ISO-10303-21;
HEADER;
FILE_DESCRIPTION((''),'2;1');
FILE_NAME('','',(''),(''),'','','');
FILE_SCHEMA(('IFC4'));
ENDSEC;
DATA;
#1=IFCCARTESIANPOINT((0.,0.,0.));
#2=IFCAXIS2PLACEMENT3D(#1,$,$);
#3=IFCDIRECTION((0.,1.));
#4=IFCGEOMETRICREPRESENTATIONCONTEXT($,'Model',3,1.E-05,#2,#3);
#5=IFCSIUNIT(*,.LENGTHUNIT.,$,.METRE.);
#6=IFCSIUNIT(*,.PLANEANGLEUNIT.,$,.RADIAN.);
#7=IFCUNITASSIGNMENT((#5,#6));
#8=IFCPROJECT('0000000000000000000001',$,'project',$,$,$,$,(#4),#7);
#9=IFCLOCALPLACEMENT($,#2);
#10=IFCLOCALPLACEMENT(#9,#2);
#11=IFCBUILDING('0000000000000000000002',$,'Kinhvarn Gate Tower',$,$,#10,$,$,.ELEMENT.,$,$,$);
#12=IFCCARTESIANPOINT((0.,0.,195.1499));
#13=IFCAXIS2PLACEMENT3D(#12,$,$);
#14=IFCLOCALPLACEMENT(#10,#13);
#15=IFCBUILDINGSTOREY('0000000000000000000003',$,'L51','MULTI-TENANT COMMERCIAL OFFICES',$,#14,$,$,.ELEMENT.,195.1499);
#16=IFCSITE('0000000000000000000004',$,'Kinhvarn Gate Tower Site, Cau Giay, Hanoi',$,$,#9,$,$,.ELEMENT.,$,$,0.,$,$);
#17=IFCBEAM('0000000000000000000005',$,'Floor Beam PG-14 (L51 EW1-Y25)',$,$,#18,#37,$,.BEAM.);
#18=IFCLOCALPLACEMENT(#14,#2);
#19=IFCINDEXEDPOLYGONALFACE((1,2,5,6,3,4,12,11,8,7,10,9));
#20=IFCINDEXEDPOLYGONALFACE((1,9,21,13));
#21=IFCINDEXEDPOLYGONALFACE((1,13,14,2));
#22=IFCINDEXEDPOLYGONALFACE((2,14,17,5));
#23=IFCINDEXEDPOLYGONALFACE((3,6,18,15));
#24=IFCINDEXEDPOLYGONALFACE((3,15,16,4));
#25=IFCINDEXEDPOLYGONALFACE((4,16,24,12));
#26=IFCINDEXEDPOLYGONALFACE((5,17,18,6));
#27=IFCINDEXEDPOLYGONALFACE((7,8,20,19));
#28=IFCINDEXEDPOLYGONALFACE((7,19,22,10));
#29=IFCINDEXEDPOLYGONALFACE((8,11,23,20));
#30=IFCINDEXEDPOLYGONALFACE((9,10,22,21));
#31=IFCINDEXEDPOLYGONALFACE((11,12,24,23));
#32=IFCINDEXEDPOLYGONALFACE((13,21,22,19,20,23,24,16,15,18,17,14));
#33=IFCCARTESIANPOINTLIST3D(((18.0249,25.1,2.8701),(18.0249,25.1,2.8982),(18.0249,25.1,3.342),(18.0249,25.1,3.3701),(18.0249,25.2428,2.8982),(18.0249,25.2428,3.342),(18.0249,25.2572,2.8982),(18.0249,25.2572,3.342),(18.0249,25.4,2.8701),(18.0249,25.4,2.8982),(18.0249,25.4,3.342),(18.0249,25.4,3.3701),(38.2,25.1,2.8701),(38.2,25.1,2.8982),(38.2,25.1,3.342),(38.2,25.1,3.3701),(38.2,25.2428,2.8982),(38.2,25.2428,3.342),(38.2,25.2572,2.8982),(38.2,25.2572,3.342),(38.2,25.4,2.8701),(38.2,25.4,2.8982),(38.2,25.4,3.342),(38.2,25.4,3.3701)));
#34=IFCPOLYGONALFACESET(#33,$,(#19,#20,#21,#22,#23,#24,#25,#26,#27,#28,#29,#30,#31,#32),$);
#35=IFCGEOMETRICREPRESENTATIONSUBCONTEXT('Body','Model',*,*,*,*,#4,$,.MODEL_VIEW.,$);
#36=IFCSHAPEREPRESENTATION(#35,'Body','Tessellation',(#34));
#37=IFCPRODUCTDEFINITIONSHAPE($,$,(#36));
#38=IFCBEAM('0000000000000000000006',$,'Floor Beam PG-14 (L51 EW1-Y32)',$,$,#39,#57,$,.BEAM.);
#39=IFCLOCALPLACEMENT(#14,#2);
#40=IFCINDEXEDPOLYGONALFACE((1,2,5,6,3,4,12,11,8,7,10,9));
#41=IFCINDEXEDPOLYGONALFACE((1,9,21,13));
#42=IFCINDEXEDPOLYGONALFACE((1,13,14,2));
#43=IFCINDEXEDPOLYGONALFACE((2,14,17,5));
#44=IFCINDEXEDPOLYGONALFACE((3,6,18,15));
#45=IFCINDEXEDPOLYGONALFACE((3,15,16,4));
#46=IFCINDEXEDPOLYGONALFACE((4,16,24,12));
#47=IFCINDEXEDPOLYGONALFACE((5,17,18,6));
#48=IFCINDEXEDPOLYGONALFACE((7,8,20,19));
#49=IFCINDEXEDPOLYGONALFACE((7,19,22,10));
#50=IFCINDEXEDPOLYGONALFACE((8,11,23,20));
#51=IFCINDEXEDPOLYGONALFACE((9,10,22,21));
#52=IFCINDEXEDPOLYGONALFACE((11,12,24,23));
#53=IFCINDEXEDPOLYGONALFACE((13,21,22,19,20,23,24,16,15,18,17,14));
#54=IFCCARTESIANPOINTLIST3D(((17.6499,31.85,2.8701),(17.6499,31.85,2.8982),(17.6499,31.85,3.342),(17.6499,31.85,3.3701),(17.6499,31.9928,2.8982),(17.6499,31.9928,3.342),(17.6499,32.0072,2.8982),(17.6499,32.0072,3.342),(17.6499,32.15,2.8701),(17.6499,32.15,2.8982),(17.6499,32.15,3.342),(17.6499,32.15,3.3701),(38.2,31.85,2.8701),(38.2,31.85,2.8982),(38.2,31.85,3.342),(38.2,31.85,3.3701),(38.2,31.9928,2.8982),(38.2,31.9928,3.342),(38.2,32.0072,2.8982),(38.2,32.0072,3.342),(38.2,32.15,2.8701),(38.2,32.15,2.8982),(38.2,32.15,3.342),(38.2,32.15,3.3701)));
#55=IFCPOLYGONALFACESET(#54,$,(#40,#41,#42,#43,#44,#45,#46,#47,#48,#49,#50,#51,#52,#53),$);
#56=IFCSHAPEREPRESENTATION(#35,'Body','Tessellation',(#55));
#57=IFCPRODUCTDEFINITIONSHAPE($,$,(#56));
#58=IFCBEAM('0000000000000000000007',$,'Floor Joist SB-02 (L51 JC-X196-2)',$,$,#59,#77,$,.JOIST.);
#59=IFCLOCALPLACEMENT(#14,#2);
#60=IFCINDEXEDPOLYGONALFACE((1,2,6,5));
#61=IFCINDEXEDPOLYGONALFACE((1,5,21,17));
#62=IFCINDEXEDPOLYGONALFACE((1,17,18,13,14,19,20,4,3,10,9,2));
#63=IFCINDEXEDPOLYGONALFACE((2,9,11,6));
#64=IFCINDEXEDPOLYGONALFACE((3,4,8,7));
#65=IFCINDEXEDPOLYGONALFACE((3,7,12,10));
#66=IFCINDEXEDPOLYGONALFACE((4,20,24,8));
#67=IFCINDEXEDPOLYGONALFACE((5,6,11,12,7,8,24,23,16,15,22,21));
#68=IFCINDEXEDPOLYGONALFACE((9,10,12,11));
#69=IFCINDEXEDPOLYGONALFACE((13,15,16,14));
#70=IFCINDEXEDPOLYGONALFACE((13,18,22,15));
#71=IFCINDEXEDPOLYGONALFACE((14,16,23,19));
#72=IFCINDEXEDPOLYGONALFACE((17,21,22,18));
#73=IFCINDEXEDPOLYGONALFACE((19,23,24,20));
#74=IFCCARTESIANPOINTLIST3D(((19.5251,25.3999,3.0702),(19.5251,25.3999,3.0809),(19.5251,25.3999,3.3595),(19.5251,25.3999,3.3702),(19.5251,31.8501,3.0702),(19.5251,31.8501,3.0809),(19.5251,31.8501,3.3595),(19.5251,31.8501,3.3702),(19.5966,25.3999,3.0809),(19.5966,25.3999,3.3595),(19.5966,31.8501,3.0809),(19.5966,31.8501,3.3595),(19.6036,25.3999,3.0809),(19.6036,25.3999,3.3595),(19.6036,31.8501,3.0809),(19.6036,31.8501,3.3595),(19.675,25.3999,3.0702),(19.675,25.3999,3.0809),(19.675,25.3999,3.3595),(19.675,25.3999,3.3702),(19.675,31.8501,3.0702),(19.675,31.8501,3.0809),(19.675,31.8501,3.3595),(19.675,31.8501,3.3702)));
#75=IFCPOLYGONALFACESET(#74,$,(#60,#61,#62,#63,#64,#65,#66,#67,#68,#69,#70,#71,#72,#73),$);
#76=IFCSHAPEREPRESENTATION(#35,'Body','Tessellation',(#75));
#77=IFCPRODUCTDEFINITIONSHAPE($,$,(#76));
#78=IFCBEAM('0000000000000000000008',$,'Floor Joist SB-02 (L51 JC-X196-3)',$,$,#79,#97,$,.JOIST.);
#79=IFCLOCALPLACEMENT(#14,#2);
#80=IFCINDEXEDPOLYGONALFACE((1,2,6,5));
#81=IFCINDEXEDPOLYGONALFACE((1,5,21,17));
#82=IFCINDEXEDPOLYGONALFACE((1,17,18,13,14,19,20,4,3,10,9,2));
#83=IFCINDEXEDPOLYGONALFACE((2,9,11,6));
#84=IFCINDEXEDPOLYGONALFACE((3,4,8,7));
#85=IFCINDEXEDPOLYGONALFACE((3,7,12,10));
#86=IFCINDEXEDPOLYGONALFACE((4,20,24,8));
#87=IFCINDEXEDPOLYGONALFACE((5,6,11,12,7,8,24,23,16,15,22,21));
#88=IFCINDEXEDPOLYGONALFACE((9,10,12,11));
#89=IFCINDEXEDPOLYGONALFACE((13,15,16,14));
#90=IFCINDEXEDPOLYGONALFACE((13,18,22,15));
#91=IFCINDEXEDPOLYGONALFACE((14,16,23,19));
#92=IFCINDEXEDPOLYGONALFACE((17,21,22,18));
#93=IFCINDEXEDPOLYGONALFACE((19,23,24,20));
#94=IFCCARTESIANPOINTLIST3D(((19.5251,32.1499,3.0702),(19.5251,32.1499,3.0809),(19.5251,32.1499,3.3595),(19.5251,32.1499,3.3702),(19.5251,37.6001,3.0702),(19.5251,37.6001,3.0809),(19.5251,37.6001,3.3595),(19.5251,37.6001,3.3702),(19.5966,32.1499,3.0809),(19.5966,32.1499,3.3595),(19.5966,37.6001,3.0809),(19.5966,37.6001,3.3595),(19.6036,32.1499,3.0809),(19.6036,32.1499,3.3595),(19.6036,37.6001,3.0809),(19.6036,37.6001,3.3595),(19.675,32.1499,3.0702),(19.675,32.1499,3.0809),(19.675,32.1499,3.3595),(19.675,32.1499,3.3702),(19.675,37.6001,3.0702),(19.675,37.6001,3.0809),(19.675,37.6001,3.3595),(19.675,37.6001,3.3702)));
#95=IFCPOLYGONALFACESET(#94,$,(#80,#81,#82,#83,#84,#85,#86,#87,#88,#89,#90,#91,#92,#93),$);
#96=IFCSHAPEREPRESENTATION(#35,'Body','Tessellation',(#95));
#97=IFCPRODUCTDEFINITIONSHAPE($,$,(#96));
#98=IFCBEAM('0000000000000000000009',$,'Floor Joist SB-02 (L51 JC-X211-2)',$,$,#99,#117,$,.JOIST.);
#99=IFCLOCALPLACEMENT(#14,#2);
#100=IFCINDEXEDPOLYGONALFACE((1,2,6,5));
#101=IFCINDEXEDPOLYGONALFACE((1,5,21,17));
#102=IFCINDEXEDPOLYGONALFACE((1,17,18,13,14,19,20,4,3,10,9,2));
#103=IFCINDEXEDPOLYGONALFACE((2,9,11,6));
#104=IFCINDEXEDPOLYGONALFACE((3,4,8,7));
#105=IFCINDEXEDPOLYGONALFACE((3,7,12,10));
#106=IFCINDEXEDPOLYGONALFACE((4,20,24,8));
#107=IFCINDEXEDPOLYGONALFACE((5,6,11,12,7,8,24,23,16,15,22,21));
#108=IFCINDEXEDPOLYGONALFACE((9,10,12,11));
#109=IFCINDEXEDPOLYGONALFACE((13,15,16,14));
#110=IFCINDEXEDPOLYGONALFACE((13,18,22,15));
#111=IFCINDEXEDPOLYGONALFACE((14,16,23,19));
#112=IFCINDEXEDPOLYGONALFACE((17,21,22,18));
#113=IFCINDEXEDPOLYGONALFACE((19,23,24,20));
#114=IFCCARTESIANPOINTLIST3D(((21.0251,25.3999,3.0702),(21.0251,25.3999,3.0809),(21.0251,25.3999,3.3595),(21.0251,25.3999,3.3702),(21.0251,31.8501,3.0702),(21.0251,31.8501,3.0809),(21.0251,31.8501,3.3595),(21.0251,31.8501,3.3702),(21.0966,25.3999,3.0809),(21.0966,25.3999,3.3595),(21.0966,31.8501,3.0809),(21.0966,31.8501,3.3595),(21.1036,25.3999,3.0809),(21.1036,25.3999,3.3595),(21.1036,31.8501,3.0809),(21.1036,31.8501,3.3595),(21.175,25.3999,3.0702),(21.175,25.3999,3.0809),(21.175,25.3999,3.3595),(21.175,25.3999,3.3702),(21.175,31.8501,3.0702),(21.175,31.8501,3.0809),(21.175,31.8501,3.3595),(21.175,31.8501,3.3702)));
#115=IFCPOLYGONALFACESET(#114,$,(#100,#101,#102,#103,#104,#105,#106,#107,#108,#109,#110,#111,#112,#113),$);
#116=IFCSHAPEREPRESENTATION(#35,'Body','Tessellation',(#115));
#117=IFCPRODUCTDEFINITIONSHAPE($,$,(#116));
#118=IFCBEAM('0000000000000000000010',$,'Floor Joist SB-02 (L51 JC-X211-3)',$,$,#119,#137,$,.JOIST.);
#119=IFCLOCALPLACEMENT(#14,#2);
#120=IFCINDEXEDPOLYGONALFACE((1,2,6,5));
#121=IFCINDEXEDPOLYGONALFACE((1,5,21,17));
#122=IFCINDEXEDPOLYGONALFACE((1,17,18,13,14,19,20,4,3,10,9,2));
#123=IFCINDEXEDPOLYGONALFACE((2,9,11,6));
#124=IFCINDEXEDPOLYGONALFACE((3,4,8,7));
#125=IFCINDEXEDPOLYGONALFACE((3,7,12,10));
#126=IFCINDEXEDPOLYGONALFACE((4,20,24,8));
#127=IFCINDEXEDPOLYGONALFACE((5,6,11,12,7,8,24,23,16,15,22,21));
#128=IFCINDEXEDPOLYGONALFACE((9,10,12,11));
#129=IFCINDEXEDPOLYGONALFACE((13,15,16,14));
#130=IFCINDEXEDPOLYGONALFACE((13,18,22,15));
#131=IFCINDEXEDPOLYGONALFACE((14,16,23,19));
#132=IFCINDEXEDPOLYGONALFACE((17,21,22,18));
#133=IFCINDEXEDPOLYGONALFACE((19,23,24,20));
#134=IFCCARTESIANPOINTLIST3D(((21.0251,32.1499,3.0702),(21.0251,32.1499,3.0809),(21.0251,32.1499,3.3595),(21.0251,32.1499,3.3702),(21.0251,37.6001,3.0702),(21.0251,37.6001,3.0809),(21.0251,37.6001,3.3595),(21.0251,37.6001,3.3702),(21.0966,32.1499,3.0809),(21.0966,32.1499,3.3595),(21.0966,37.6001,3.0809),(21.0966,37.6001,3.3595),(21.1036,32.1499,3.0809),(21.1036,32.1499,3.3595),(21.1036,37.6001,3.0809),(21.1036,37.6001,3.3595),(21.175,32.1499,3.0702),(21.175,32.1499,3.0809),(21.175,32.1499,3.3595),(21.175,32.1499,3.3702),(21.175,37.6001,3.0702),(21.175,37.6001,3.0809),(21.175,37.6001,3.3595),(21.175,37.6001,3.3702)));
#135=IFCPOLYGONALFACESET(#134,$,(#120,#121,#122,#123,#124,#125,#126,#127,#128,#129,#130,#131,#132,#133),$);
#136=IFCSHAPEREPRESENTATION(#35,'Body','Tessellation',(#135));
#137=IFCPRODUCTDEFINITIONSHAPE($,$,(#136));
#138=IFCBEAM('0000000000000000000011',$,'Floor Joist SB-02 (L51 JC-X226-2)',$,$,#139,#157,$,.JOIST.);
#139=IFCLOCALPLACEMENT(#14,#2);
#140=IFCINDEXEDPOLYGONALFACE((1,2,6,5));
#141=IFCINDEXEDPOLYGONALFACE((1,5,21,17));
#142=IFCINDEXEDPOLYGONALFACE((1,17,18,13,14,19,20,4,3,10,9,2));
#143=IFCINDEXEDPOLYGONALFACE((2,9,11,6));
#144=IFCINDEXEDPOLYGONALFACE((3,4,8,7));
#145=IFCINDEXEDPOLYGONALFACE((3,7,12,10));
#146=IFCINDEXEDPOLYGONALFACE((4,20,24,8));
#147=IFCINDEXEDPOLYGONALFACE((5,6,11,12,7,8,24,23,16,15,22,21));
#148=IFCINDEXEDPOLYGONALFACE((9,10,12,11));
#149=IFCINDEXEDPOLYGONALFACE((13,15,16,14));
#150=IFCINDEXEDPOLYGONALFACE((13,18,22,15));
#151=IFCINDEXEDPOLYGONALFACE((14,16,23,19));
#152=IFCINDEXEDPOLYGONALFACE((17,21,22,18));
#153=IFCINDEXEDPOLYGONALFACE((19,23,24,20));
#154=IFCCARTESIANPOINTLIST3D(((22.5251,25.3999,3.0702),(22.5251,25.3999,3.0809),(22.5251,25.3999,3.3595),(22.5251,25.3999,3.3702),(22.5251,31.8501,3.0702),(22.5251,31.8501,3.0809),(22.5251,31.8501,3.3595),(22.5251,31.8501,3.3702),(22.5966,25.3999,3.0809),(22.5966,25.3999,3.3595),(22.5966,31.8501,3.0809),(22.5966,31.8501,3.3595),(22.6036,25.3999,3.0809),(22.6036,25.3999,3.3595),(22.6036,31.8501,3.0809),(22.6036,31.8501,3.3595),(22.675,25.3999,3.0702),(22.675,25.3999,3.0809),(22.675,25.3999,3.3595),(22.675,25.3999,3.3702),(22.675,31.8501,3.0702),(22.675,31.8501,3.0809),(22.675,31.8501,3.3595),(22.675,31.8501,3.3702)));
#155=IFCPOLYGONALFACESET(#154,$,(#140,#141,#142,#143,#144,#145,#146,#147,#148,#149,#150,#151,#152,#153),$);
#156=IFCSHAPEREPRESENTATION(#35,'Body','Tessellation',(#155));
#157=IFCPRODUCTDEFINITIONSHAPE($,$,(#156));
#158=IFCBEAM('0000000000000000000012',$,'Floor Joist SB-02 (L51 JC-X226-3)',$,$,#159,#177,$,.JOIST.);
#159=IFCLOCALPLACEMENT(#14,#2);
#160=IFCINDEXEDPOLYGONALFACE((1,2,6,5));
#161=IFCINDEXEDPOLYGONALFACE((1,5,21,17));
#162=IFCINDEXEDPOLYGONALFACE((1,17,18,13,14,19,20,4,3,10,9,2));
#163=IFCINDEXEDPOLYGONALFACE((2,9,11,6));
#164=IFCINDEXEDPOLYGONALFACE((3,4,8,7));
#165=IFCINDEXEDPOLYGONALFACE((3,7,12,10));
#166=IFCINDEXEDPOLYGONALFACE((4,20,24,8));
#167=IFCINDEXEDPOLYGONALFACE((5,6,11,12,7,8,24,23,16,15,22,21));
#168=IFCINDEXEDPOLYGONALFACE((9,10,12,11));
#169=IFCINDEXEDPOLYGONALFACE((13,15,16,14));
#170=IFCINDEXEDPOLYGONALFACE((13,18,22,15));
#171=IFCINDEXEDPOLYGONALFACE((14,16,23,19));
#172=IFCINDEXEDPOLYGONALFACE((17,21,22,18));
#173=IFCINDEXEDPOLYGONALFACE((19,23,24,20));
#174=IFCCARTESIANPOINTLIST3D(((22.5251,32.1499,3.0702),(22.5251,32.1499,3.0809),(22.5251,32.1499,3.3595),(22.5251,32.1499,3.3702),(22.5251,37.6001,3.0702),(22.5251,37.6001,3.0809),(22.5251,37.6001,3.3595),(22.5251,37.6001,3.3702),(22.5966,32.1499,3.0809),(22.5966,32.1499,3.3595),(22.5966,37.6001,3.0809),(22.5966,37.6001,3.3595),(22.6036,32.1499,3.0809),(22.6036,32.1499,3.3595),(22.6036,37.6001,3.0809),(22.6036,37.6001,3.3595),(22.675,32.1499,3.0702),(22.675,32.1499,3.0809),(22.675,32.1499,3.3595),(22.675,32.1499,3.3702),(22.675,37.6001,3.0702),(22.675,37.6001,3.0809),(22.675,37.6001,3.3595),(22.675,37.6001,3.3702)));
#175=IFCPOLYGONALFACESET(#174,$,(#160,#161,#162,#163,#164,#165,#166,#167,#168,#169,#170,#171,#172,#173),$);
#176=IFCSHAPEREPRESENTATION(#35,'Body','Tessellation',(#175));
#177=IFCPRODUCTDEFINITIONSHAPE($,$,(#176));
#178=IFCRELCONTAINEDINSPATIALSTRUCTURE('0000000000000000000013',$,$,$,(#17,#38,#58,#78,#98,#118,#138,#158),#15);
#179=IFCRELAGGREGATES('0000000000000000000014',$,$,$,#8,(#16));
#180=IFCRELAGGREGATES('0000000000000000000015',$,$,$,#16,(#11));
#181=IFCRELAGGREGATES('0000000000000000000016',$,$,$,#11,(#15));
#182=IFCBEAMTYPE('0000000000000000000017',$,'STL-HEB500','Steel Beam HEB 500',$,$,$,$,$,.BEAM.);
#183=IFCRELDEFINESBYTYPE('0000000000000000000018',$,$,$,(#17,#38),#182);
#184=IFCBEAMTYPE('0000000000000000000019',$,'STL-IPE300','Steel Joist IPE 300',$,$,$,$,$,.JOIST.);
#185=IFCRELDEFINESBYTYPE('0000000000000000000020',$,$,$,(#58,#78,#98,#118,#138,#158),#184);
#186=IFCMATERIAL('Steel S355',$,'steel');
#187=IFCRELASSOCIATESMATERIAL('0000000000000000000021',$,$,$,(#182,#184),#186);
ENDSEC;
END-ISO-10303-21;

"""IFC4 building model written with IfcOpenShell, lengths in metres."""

from ifc_helpers import new_model, si_unit, direction, frame, origin, origin_2d, place, context, subcontext, project, spatial, i_section, extrude, material, material_profile, profile_set, type_object, element, save


model = new_model("IFC4")

# Units and contexts
model_context = context("Model", 3, precision=1e-05, world=origin(), true_north=direction((0.0, 1.0)))
body_context = subcontext(model_context, "Body", "Model", "MODEL_VIEW")
ifc_project = project(units=[si_unit("LENGTHUNIT", "METRE"), si_unit("PLANEANGLEUNIT", "RADIAN")], contexts=[model_context])

# Site, building, storey
site_placement = place(None, origin())
site = spatial("IfcSite", under=ifc_project, at=site_placement, Name="Kinhvarn Gate Tower Site, Cau Giay, Hanoi", CompositionType="ELEMENT", RefElevation=0.0)
building_placement = place(site_placement, origin())
building = spatial("IfcBuilding", under=site, at=building_placement, Name="Kinhvarn Gate Tower", CompositionType="ELEMENT")
storey_placement = place(building_placement, frame((0.0, 0.0, 195.1499)))
storey = spatial("IfcBuildingStorey", under=building, at=storey_placement, Name="L51", Description="MULTI-TENANT COMMERCIAL OFFICES", CompositionType="ELEMENT", Elevation=195.1499)

# Beams
ifc_material_1 = material(Name="Steel S355", Category="steel")
ifc_material_profile_1 = material_profile(ifc_material_1, i_section(OverallWidth=0.3, OverallDepth=0.5, WebThickness=0.0144, FlangeThickness=0.0281, at=origin_2d()), Name="HEB 500")
ifc_profile_set_1 = profile_set([ifc_material_profile_1], Name="Steel S355")
beam_type_1 = type_object("IfcBeamType", Name="STL-HEB500", Description="Steel Beam HEB 500", PredefinedType="BEAM", material=ifc_profile_set_1)
beam_1_placement = place(storey_placement, frame((18.0249, 25.25, 3.1201), z_axis=(1.0, 0.0, 0.0), x_axis=(0.0, 1.0, 0.0)))
element("IfcBeam", 1, at=beam_1_placement, inside=storey, type_object=beam_type_1, Name="Floor Beam PG-14 (L51 EW1-Y25)", PredefinedType="BEAM", context=body_context, shape_type="SweptSolid", body=[
    extrude(i_section(OverallWidth=0.3, OverallDepth=0.5, WebThickness=0.0144, FlangeThickness=0.0281, at=origin_2d()), origin(), (0.0, 0.0, 1.0), 20.175),
])
beam_2_placement = place(storey_placement, frame((17.6499, 32.0, 3.1201), z_axis=(1.0, 0.0, 0.0), x_axis=(0.0, 1.0, 0.0)))
element("IfcBeam", 2, at=beam_2_placement, inside=storey, type_object=beam_type_1, Name="Floor Beam PG-14 (L51 EW1-Y32)", PredefinedType="BEAM", context=body_context, shape_type="SweptSolid", body=[
    extrude(i_section(OverallWidth=0.3, OverallDepth=0.5, WebThickness=0.0144, FlangeThickness=0.0281, at=origin_2d()), origin(), (0.0, 0.0, 1.0), 20.55),
])
ifc_material_profile_2 = material_profile(ifc_material_1, i_section(OverallWidth=0.1499, OverallDepth=0.3, WebThickness=0.0071, FlangeThickness=0.0107, at=origin_2d()), Name="IPE 300")
ifc_profile_set_2 = profile_set([ifc_material_profile_2], Name="Steel S355")
beam_type_2 = type_object("IfcBeamType", Name="STL-IPE300", Description="Steel Joist IPE 300", PredefinedType="JOIST", material=ifc_profile_set_2)
beam_3_placement = place(storey_placement, frame((19.6001, 25.3999, 3.2202), z_axis=(0.0, 1.0, 0.0), x_axis=(-1.0, 0.0, 0.0)))
element("IfcBeam", 3, at=beam_3_placement, inside=storey, type_object=beam_type_2, Name="Floor Joist SB-02 (L51 JC-X196-2)", PredefinedType="JOIST", context=body_context, shape_type="SweptSolid", body=[
    extrude(i_section(OverallWidth=0.1499, OverallDepth=0.3, WebThickness=0.0071, FlangeThickness=0.0107, at=origin_2d()), origin(), (0.0, 0.0, 1.0), 6.4502),
])
beam_4_placement = place(storey_placement, frame((19.6001, 32.1499, 3.2202), z_axis=(0.0, 1.0, 0.0), x_axis=(-1.0, 0.0, 0.0)))
element("IfcBeam", 4, at=beam_4_placement, inside=storey, type_object=beam_type_2, Name="Floor Joist SB-02 (L51 JC-X196-3)", PredefinedType="JOIST", context=body_context, shape_type="SweptSolid", body=[
    extrude(i_section(OverallWidth=0.1499, OverallDepth=0.3, WebThickness=0.0071, FlangeThickness=0.0107, at=origin_2d()), origin(), (0.0, 0.0, 1.0), 5.4502),
])
beam_5_placement = place(storey_placement, frame((21.1001, 25.3999, 3.2202), z_axis=(0.0, 1.0, 0.0), x_axis=(-1.0, 0.0, 0.0)))
element("IfcBeam", 5, at=beam_5_placement, inside=storey, type_object=beam_type_2, Name="Floor Joist SB-02 (L51 JC-X211-2)", PredefinedType="JOIST", context=body_context, shape_type="SweptSolid", body=[
    extrude(i_section(OverallWidth=0.1499, OverallDepth=0.3, WebThickness=0.0071, FlangeThickness=0.0107, at=origin_2d()), origin(), (0.0, 0.0, 1.0), 6.4502),
])
beam_6_placement = place(storey_placement, frame((21.1001, 32.1499, 3.2202), z_axis=(0.0, 1.0, 0.0), x_axis=(-1.0, 0.0, 0.0)))
element("IfcBeam", 6, at=beam_6_placement, inside=storey, type_object=beam_type_2, Name="Floor Joist SB-02 (L51 JC-X211-3)", PredefinedType="JOIST", context=body_context, shape_type="SweptSolid", body=[
    extrude(i_section(OverallWidth=0.1499, OverallDepth=0.3, WebThickness=0.0071, FlangeThickness=0.0107, at=origin_2d()), origin(), (0.0, 0.0, 1.0), 5.4502),
])
beam_7_placement = place(storey_placement, frame((22.6001, 25.3999, 3.2202), z_axis=(0.0, 1.0, 0.0), x_axis=(-1.0, 0.0, 0.0)))
element("IfcBeam", 7, at=beam_7_placement, inside=storey, type_object=beam_type_2, Name="Floor Joist SB-02 (L51 JC-X226-2)", PredefinedType="JOIST", context=body_context, shape_type="SweptSolid", body=[
    extrude(i_section(OverallWidth=0.1499, OverallDepth=0.3, WebThickness=0.0071, FlangeThickness=0.0107, at=origin_2d()), origin(), (0.0, 0.0, 1.0), 6.4502),
])
beam_8_placement = place(storey_placement, frame((22.6001, 32.1499, 3.2202), z_axis=(0.0, 1.0, 0.0), x_axis=(-1.0, 0.0, 0.0)))
element("IfcBeam", 8, at=beam_8_placement, inside=storey, type_object=beam_type_2, Name="Floor Joist SB-02 (L51 JC-X226-3)", PredefinedType="JOIST", context=body_context, shape_type="SweptSolid", body=[
    extrude(i_section(OverallWidth=0.1499, OverallDepth=0.3, WebThickness=0.0071, FlangeThickness=0.0107, at=origin_2d()), origin(), (0.0, 0.0, 1.0), 5.4502),
])

save(model, "model.ifc")
